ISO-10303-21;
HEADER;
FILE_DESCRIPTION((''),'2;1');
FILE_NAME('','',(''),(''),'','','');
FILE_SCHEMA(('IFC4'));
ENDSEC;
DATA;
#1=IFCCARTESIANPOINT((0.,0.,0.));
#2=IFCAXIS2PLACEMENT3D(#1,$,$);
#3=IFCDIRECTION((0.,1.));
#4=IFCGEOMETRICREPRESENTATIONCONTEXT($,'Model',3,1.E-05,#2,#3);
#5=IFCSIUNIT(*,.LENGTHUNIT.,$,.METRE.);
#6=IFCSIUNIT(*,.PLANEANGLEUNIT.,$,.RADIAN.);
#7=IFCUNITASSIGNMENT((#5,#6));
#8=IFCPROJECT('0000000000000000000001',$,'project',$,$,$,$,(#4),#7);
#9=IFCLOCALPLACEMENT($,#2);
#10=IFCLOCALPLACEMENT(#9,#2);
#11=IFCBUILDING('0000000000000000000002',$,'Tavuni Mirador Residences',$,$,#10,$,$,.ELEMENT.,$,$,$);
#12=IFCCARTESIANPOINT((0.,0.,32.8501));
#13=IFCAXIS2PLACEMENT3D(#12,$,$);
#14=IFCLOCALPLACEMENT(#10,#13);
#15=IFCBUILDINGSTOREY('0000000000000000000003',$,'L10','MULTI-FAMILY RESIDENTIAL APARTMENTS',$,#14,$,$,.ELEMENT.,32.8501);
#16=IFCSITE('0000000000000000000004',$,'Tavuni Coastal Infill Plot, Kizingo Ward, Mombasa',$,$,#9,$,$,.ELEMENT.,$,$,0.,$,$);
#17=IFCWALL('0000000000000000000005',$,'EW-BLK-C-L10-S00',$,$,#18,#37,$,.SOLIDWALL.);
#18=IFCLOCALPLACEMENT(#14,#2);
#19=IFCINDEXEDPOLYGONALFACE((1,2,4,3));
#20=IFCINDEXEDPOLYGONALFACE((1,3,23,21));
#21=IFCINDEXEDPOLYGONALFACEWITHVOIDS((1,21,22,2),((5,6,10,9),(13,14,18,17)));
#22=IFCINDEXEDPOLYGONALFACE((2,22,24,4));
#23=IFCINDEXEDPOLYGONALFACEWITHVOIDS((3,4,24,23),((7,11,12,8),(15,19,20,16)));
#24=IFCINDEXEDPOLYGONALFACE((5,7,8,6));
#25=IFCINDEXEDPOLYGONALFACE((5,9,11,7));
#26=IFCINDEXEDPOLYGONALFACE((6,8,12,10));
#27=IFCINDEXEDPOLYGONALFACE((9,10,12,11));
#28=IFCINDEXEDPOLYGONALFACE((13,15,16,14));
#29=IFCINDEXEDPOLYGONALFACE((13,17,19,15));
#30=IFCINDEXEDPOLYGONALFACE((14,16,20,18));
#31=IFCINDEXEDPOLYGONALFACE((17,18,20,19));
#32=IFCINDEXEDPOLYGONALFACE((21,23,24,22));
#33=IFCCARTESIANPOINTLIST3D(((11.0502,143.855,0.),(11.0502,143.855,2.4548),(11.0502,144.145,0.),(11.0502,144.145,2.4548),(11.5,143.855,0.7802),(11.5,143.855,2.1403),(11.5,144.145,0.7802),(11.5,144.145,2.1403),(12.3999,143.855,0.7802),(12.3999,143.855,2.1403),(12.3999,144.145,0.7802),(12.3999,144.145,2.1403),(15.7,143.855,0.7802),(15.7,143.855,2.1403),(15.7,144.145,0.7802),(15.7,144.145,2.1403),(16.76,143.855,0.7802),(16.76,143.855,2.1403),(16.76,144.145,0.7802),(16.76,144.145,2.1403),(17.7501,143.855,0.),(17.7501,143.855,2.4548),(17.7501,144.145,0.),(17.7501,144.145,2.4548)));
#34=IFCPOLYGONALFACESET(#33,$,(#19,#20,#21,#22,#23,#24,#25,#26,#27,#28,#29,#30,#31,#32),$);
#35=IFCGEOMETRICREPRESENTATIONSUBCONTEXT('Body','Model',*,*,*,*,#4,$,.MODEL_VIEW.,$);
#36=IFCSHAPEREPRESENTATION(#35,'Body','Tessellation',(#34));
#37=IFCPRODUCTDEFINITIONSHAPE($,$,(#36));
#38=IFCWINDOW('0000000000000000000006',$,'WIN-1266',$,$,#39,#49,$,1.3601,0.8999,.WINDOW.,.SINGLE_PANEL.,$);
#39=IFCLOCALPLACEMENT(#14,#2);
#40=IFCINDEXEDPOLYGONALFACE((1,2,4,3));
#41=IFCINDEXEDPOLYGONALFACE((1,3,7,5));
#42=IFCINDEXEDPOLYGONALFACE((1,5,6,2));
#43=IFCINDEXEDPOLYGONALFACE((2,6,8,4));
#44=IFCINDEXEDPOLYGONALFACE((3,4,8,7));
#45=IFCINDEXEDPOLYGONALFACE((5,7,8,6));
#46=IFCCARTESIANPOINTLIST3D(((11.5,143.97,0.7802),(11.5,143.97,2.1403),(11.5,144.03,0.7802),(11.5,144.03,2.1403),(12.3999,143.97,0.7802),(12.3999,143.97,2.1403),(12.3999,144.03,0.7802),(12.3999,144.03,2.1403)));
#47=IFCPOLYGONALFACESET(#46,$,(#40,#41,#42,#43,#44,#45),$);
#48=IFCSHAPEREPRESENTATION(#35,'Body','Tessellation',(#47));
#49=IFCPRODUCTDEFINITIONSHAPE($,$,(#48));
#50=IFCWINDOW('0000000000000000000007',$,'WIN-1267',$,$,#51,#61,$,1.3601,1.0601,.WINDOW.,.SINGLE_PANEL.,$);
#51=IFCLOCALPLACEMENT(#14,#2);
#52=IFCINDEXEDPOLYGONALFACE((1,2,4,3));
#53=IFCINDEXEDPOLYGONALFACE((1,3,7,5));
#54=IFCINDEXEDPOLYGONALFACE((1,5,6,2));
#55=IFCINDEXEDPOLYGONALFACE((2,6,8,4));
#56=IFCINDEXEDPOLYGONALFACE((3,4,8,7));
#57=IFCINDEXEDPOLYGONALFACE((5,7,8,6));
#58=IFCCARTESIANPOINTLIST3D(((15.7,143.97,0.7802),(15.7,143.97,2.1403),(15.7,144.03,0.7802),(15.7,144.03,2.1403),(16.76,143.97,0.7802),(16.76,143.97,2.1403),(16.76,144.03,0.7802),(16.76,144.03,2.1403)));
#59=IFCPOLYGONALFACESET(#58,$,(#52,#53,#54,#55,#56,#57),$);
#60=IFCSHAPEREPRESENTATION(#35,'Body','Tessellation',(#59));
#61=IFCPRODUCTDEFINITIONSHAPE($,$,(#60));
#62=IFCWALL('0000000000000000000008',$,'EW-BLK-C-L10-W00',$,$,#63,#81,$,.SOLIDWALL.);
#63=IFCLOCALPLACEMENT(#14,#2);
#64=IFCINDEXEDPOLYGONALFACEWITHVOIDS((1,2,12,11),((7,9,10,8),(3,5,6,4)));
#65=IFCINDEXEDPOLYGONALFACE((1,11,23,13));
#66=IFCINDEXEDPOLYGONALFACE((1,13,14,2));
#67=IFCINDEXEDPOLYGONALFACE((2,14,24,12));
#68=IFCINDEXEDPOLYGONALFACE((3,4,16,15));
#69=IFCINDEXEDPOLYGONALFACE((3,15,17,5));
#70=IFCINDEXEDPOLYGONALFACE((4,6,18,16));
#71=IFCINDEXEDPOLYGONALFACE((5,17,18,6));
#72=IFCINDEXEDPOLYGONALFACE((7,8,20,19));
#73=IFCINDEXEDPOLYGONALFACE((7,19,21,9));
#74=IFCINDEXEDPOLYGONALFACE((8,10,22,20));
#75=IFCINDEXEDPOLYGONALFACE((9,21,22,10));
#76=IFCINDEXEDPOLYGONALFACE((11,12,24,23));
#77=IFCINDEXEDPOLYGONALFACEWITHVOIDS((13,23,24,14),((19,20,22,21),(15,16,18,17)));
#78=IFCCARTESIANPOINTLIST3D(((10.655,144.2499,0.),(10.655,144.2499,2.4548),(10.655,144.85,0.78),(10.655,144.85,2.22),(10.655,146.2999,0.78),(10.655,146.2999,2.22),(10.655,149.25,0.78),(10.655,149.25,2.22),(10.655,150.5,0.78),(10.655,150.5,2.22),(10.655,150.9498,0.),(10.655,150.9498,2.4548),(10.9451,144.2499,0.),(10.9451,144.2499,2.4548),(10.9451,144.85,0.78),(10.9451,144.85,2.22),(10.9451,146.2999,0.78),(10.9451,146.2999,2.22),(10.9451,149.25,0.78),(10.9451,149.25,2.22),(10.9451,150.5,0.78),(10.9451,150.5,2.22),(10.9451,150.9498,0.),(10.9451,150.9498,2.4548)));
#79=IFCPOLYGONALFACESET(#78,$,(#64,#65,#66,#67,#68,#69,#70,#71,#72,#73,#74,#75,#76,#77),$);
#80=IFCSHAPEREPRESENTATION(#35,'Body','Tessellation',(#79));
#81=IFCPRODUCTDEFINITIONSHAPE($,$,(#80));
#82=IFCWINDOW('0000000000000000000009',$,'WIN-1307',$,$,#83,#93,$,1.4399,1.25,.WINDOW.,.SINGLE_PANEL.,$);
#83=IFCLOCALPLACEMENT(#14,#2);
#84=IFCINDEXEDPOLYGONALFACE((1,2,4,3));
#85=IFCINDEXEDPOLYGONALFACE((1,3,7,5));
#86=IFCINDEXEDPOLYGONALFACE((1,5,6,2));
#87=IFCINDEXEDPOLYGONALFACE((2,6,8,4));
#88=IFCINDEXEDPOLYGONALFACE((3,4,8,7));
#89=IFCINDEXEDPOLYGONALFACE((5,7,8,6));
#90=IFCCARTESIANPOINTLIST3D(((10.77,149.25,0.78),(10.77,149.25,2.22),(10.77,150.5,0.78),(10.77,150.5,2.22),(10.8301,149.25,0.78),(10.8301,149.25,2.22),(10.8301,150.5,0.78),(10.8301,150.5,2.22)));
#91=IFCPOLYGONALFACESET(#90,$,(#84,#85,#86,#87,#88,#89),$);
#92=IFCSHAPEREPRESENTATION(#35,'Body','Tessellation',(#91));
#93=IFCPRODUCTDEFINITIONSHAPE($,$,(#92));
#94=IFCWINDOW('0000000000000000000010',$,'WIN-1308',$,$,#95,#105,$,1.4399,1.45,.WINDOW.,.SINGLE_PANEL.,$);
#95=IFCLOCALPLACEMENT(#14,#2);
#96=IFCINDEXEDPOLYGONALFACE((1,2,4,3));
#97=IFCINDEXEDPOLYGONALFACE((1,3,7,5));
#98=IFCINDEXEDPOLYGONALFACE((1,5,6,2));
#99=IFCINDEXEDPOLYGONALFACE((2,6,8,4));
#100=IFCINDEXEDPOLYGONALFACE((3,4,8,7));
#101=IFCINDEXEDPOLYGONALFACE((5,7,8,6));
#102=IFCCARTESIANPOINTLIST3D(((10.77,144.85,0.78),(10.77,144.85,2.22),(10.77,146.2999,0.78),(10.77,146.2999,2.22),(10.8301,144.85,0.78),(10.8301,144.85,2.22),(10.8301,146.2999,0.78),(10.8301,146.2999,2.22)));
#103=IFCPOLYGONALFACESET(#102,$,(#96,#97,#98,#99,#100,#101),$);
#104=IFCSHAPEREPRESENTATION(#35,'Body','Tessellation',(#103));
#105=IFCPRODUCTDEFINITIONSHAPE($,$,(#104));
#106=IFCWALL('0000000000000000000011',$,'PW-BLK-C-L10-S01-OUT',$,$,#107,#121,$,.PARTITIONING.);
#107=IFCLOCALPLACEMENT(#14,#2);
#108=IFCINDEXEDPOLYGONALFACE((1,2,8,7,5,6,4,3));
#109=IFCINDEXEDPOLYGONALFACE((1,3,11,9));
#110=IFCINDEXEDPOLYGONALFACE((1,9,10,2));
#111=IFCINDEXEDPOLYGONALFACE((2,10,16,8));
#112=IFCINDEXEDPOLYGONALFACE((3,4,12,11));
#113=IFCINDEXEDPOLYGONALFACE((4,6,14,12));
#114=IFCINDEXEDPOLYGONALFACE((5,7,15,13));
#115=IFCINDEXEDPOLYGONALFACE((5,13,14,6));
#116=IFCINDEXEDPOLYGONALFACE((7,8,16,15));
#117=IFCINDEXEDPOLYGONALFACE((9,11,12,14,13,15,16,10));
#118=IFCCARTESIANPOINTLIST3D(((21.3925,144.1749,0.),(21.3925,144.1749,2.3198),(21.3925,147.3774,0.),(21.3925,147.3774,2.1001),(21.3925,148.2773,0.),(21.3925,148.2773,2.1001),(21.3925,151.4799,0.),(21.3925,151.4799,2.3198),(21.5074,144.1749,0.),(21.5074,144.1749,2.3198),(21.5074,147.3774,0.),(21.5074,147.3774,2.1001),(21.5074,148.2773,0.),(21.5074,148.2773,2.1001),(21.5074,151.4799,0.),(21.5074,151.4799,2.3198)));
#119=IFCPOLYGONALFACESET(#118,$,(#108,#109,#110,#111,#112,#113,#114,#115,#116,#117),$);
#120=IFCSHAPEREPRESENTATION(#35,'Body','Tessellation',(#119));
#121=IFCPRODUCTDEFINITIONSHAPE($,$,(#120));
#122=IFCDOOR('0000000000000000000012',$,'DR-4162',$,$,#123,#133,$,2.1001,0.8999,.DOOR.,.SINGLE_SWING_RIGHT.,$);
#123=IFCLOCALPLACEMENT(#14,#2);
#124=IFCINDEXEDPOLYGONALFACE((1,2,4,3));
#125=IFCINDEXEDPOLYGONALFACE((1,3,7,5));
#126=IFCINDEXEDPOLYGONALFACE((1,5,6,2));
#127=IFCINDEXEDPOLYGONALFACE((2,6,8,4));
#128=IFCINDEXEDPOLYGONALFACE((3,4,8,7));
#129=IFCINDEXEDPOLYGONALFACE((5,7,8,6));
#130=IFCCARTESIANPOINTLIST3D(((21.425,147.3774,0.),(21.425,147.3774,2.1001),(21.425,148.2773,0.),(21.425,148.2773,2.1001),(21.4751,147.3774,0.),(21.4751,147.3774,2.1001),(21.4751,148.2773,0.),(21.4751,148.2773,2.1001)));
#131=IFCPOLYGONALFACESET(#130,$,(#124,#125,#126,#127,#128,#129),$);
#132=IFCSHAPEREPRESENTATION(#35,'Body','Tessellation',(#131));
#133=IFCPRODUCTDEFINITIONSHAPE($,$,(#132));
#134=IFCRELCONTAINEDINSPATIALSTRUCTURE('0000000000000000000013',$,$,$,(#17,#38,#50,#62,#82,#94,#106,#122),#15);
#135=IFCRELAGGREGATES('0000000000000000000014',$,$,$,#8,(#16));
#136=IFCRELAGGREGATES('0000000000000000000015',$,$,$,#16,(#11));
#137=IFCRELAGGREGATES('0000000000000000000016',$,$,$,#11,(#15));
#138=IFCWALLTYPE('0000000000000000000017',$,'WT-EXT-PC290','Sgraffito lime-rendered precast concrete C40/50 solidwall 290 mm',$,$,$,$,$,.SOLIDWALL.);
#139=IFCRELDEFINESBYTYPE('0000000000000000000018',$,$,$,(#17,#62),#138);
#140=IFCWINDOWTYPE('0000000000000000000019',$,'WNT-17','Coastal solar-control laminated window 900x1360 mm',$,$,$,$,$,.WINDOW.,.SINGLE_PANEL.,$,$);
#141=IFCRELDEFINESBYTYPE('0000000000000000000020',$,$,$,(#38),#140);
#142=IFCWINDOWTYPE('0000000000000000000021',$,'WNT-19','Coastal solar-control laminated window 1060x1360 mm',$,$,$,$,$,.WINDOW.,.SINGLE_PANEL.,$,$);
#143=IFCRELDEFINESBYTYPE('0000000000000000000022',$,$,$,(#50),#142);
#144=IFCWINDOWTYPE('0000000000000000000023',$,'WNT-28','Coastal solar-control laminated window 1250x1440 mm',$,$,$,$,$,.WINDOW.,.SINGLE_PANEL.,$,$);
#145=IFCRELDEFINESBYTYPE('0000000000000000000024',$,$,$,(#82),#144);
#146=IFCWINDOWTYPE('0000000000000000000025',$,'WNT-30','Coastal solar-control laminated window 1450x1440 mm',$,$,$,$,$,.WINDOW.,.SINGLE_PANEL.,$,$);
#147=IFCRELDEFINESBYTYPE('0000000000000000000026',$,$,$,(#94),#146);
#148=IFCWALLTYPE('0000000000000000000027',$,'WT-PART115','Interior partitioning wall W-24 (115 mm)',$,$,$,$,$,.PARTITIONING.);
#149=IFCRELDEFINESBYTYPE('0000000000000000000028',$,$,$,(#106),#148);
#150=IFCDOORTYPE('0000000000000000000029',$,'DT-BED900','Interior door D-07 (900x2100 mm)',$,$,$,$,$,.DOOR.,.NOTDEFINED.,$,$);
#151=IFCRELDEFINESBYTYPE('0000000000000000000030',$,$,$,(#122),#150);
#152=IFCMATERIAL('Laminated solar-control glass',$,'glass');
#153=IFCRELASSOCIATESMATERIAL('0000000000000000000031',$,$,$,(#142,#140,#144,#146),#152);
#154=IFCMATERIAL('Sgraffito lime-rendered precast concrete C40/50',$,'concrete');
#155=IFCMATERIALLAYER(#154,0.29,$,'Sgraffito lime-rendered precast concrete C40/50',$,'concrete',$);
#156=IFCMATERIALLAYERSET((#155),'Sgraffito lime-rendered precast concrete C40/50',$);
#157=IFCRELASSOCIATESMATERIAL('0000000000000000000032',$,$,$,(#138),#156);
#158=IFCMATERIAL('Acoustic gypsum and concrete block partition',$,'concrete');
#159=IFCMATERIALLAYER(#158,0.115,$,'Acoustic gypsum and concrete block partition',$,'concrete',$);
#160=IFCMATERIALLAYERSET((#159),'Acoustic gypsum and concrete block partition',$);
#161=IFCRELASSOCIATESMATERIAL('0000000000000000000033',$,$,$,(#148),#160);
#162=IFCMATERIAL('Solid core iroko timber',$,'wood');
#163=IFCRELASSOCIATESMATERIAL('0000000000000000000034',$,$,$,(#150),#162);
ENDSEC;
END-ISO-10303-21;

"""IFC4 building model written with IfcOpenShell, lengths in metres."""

from ifc_helpers import new_model, si_unit, direction, frame, frame_2d, origin, place, context, subcontext, project, spatial, rectangle, extrude, material, layer, layer_set, type_object, element, fill, save


model = new_model("IFC4")

# Units and contexts
model_context = context("Model", 3, precision=1e-05, world=origin(), true_north=direction((0.0, 1.0)))
body_context = subcontext(model_context, "Body", "Model", "MODEL_VIEW")
ifc_project = project(units=[si_unit("LENGTHUNIT", "METRE"), si_unit("PLANEANGLEUNIT", "RADIAN")], contexts=[model_context])

# Site, building, storey
site_placement = place(None, origin())
site = spatial("IfcSite", under=ifc_project, at=site_placement, Name="Tavuni Coastal Infill Plot, Kizingo Ward, Mombasa", CompositionType="ELEMENT", RefElevation=0.0)
building_placement = place(site_placement, origin())
building = spatial("IfcBuilding", under=site, at=building_placement, Name="Tavuni Mirador Residences", CompositionType="ELEMENT")
storey_placement = place(building_placement, frame((0.0, 0.0, 32.8501)))
storey = spatial("IfcBuildingStorey", under=building, at=storey_placement, Name="L10", Description="MULTI-FAMILY RESIDENTIAL APARTMENTS", CompositionType="ELEMENT", Elevation=32.8501)

# Walls, openings, windows
ifc_material_1 = material(Name="Sgraffito lime-rendered precast concrete C40/50", Category="concrete")
ifc_material_2 = material(Name="Laminated solar-control glass", Category="glass")
window_type_1 = type_object("IfcWindowType", Name="WNT-19", Description="Coastal solar-control laminated window 1060x1360 mm", PartitioningType="SINGLE_PANEL", PredefinedType="WINDOW", material=ifc_material_2)
ifc_layer_1 = layer(ifc_material_1, 0.29, Name="Sgraffito lime-rendered precast concrete C40/50", Category="concrete")
ifc_layer_set_1 = layer_set([ifc_layer_1], Name="Sgraffito lime-rendered precast concrete C40/50")
wall_type_1 = type_object("IfcWallType", Name="WT-EXT-PC290", Description="Sgraffito lime-rendered precast concrete C40/50 solidwall 290 mm", PredefinedType="SOLIDWALL", material=ifc_layer_set_1)
wall_1_placement = place(storey_placement, frame((11.05, 144.0, 0.0), z_axis=(0.0, 0.0, 1.0), x_axis=(1.0, 0.0, 0.0)))
wall_1 = element("IfcWall", 1, at=wall_1_placement, inside=storey, type_object=wall_type_1, Name="EW-BLK-C-L10-S00", PredefinedType="SOLIDWALL", context=body_context, shape_type="SweptSolid", body=[
    extrude(rectangle(XDim=6.7, YDim=0.29, at=frame_2d((3.3501, 0.0))), origin(), (0.0, 0.0, 1.0), 2.4548),
])
opening_1_placement = place(wall_1_placement, frame((0.45, 0.0, 0.78)))
opening_1 = element("IfcOpeningElement", 2, at=opening_1_placement, cuts=wall_1, PredefinedType="OPENING", context=body_context, shape_type="SweptSolid", body=[
    extrude(rectangle(XDim=0.8999, YDim=1.3601, at=frame_2d((0.45, 0.6802))), frame((0.0, 0.155, 0.0), z_axis=(0.0, -1.0, 0.0), x_axis=(1.0, 0.0, 0.0)), (0.0, 0.0, 1.0), 0.3101),
])
opening_2_placement = place(wall_1_placement, frame((4.6499, 0.0, 0.78)))
opening_2 = element("IfcOpeningElement", 3, at=opening_2_placement, cuts=wall_1, PredefinedType="OPENING", context=body_context, shape_type="SweptSolid", body=[
    extrude(rectangle(XDim=1.0601, YDim=1.3601, at=frame_2d((0.53, 0.6802))), frame((0.0, 0.155, 0.0), z_axis=(0.0, -1.0, 0.0), x_axis=(1.0, 0.0, 0.0)), (0.0, 0.0, 1.0), 0.3101),
])
window_type_2 = type_object("IfcWindowType", Name="WNT-17", Description="Coastal solar-control laminated window 900x1360 mm", PartitioningType="SINGLE_PANEL", PredefinedType="WINDOW", material=ifc_material_2)
window_1_placement = place(opening_1_placement, origin())
window_1 = element("IfcWindow", 4, at=window_1_placement, inside=storey, type_object=window_type_2, Name="WIN-1266", OverallHeight=1.3601, OverallWidth=0.8999, PartitioningType="SINGLE_PANEL", PredefinedType="WINDOW", context=body_context, shape_type="SweptSolid", body=[
    extrude(rectangle(XDim=0.8999, YDim=1.3601, at=frame_2d((0.45, 0.6802))), frame((0.0, 0.03, 0.0), z_axis=(0.0, -1.0, 0.0), x_axis=(1.0, 0.0, 0.0)), (0.0, 0.0, 1.0), 0.0601),
])
fill(opening_1, window_1)
window_2_placement = place(opening_2_placement, origin())
window_2 = element("IfcWindow", 5, at=window_2_placement, inside=storey, type_object=window_type_1, Name="WIN-1267", OverallHeight=1.3601, OverallWidth=1.0601, PartitioningType="SINGLE_PANEL", PredefinedType="WINDOW", context=body_context, shape_type="SweptSolid", body=[
    extrude(rectangle(XDim=1.0601, YDim=1.3601, at=frame_2d((0.53, 0.6802))), frame((0.0, 0.03, 0.0), z_axis=(0.0, -1.0, 0.0), x_axis=(1.0, 0.0, 0.0)), (0.0, 0.0, 1.0), 0.0601),
])
fill(opening_2, window_2)
wall_2_placement = place(storey_placement, frame((10.8, 150.95, 0.0), z_axis=(0.0, 0.0, 1.0), x_axis=(0.0, -1.0, 0.0)))
wall_2 = element("IfcWall", 6, at=wall_2_placement, inside=storey, type_object=wall_type_1, Name="EW-BLK-C-L10-W00", PredefinedType="SOLIDWALL", context=body_context, shape_type="SweptSolid", body=[
    extrude(rectangle(XDim=6.7, YDim=0.29, at=frame_2d((3.3501, 0.0))), origin(), (0.0, 0.0, 1.0), 2.4548),
])
opening_3_placement = place(wall_2_placement, frame((0.45, 0.0, 0.78)))
opening_3 = element("IfcOpeningElement", 7, at=opening_3_placement, cuts=wall_2, PredefinedType="OPENING", context=body_context, shape_type="SweptSolid", body=[
    extrude(rectangle(XDim=1.25, YDim=1.4399, at=frame_2d((0.625, 0.72))), frame((0.0, 0.155, 0.0), z_axis=(0.0, -1.0, 0.0), x_axis=(1.0, 0.0, 0.0)), (0.0, 0.0, 1.0), 0.3101),
])
opening_4_placement = place(wall_2_placement, frame((4.6499, 0.0, 0.78)))
opening_4 = element("IfcOpeningElement", 8, at=opening_4_placement, cuts=wall_2, PredefinedType="OPENING", context=body_context, shape_type="SweptSolid", body=[
    extrude(rectangle(XDim=1.45, YDim=1.4399, at=frame_2d((0.7251, 0.72))), frame((0.0, 0.155, 0.0), z_axis=(0.0, -1.0, 0.0), x_axis=(1.0, 0.0, 0.0)), (0.0, 0.0, 1.0), 0.3101),
])
window_type_3 = type_object("IfcWindowType", Name="WNT-28", Description="Coastal solar-control laminated window 1250x1440 mm", PartitioningType="SINGLE_PANEL", PredefinedType="WINDOW", material=ifc_material_2)
window_3_placement = place(opening_3_placement, origin())
window_3 = element("IfcWindow", 9, at=window_3_placement, inside=storey, type_object=window_type_3, Name="WIN-1307", OverallHeight=1.4399, OverallWidth=1.25, PartitioningType="SINGLE_PANEL", PredefinedType="WINDOW", context=body_context, shape_type="SweptSolid", body=[
    extrude(rectangle(XDim=1.25, YDim=1.4399, at=frame_2d((0.625, 0.72))), frame((0.0, 0.03, 0.0), z_axis=(0.0, -1.0, 0.0), x_axis=(1.0, 0.0, 0.0)), (0.0, 0.0, 1.0), 0.0601),
])
fill(opening_3, window_3)
window_type_4 = type_object("IfcWindowType", Name="WNT-30", Description="Coastal solar-control laminated window 1450x1440 mm", PartitioningType="SINGLE_PANEL", PredefinedType="WINDOW", material=ifc_material_2)
window_4_placement = place(opening_4_placement, origin())
window_4 = element("IfcWindow", 10, at=window_4_placement, inside=storey, type_object=window_type_4, Name="WIN-1308", OverallHeight=1.4399, OverallWidth=1.45, PartitioningType="SINGLE_PANEL", PredefinedType="WINDOW", context=body_context, shape_type="SweptSolid", body=[
    extrude(rectangle(XDim=1.45, YDim=1.4399, at=frame_2d((0.7251, 0.72))), frame((0.0, 0.03, 0.0), z_axis=(0.0, -1.0, 0.0), x_axis=(1.0, 0.0, 0.0)), (0.0, 0.0, 1.0), 0.0601),
])
fill(opening_4, window_4)

# Wall, opening, door
ifc_material_3 = material(Name="Acoustic gypsum and concrete block partition", Category="concrete")
ifc_layer_2 = layer(ifc_material_3, 0.115, Name="Acoustic gypsum and concrete block partition", Category="concrete")
ifc_layer_set_2 = layer_set([ifc_layer_2], Name="Acoustic gypsum and concrete block partition")
wall_type_2 = type_object("IfcWallType", Name="WT-PART115", Description="Interior partitioning wall W-24 (115 mm)", PredefinedType="PARTITIONING", material=ifc_layer_set_2)
wall_3_placement = place(storey_placement, frame((21.45, 144.175, 0.0), z_axis=(0.0, 0.0, 1.0), x_axis=(0.0, 1.0, 0.0)))
wall_3 = element("IfcWall", 11, at=wall_3_placement, inside=storey, type_object=wall_type_2, Name="PW-BLK-C-L10-S01-OUT", PredefinedType="PARTITIONING", context=body_context, shape_type="SweptSolid", body=[
    extrude(rectangle(XDim=7.3049, YDim=0.115, at=frame_2d((3.6523, 0.0))), origin(), (0.0, 0.0, 1.0), 2.3198),
])
opening_5_placement = place(wall_3_placement, frame((3.2024, 0.0, 0.0)))
opening_5 = element("IfcOpeningElement", 12, at=opening_5_placement, cuts=wall_3, PredefinedType="OPENING", context=body_context, shape_type="SweptSolid", body=[
    extrude(rectangle(XDim=0.8999, YDim=2.1001, at=frame_2d((0.45, 1.05))), frame((0.0, 0.0674, 0.0), z_axis=(0.0, -1.0, 0.0), x_axis=(1.0, 0.0, 0.0)), (0.0, 0.0, 1.0), 0.135),
])
ifc_material_4 = material(Name="Solid core iroko timber", Category="wood")
door_type_1 = type_object("IfcDoorType", Name="DT-BED900", Description="Interior door D-07 (900x2100 mm)", OperationType="NOTDEFINED", PredefinedType="DOOR", material=ifc_material_4)
door_1_placement = place(opening_5_placement, origin())
door_1 = element("IfcDoor", 13, at=door_1_placement, inside=storey, type_object=door_type_1, Name="DR-4162", OperationType="SINGLE_SWING_RIGHT", OverallHeight=2.1001, OverallWidth=0.8999, PredefinedType="DOOR", context=body_context, shape_type="SweptSolid", body=[
    extrude(rectangle(XDim=0.8999, YDim=2.1001, at=frame_2d((0.45, 1.05))), frame((0.0, 0.0249, 0.0), z_axis=(0.0, -1.0, 0.0), x_axis=(1.0, 0.0, 0.0)), (0.0, 0.0, 1.0), 0.05),
])
fill(opening_5, door_1)

save(model, "model.ifc")
